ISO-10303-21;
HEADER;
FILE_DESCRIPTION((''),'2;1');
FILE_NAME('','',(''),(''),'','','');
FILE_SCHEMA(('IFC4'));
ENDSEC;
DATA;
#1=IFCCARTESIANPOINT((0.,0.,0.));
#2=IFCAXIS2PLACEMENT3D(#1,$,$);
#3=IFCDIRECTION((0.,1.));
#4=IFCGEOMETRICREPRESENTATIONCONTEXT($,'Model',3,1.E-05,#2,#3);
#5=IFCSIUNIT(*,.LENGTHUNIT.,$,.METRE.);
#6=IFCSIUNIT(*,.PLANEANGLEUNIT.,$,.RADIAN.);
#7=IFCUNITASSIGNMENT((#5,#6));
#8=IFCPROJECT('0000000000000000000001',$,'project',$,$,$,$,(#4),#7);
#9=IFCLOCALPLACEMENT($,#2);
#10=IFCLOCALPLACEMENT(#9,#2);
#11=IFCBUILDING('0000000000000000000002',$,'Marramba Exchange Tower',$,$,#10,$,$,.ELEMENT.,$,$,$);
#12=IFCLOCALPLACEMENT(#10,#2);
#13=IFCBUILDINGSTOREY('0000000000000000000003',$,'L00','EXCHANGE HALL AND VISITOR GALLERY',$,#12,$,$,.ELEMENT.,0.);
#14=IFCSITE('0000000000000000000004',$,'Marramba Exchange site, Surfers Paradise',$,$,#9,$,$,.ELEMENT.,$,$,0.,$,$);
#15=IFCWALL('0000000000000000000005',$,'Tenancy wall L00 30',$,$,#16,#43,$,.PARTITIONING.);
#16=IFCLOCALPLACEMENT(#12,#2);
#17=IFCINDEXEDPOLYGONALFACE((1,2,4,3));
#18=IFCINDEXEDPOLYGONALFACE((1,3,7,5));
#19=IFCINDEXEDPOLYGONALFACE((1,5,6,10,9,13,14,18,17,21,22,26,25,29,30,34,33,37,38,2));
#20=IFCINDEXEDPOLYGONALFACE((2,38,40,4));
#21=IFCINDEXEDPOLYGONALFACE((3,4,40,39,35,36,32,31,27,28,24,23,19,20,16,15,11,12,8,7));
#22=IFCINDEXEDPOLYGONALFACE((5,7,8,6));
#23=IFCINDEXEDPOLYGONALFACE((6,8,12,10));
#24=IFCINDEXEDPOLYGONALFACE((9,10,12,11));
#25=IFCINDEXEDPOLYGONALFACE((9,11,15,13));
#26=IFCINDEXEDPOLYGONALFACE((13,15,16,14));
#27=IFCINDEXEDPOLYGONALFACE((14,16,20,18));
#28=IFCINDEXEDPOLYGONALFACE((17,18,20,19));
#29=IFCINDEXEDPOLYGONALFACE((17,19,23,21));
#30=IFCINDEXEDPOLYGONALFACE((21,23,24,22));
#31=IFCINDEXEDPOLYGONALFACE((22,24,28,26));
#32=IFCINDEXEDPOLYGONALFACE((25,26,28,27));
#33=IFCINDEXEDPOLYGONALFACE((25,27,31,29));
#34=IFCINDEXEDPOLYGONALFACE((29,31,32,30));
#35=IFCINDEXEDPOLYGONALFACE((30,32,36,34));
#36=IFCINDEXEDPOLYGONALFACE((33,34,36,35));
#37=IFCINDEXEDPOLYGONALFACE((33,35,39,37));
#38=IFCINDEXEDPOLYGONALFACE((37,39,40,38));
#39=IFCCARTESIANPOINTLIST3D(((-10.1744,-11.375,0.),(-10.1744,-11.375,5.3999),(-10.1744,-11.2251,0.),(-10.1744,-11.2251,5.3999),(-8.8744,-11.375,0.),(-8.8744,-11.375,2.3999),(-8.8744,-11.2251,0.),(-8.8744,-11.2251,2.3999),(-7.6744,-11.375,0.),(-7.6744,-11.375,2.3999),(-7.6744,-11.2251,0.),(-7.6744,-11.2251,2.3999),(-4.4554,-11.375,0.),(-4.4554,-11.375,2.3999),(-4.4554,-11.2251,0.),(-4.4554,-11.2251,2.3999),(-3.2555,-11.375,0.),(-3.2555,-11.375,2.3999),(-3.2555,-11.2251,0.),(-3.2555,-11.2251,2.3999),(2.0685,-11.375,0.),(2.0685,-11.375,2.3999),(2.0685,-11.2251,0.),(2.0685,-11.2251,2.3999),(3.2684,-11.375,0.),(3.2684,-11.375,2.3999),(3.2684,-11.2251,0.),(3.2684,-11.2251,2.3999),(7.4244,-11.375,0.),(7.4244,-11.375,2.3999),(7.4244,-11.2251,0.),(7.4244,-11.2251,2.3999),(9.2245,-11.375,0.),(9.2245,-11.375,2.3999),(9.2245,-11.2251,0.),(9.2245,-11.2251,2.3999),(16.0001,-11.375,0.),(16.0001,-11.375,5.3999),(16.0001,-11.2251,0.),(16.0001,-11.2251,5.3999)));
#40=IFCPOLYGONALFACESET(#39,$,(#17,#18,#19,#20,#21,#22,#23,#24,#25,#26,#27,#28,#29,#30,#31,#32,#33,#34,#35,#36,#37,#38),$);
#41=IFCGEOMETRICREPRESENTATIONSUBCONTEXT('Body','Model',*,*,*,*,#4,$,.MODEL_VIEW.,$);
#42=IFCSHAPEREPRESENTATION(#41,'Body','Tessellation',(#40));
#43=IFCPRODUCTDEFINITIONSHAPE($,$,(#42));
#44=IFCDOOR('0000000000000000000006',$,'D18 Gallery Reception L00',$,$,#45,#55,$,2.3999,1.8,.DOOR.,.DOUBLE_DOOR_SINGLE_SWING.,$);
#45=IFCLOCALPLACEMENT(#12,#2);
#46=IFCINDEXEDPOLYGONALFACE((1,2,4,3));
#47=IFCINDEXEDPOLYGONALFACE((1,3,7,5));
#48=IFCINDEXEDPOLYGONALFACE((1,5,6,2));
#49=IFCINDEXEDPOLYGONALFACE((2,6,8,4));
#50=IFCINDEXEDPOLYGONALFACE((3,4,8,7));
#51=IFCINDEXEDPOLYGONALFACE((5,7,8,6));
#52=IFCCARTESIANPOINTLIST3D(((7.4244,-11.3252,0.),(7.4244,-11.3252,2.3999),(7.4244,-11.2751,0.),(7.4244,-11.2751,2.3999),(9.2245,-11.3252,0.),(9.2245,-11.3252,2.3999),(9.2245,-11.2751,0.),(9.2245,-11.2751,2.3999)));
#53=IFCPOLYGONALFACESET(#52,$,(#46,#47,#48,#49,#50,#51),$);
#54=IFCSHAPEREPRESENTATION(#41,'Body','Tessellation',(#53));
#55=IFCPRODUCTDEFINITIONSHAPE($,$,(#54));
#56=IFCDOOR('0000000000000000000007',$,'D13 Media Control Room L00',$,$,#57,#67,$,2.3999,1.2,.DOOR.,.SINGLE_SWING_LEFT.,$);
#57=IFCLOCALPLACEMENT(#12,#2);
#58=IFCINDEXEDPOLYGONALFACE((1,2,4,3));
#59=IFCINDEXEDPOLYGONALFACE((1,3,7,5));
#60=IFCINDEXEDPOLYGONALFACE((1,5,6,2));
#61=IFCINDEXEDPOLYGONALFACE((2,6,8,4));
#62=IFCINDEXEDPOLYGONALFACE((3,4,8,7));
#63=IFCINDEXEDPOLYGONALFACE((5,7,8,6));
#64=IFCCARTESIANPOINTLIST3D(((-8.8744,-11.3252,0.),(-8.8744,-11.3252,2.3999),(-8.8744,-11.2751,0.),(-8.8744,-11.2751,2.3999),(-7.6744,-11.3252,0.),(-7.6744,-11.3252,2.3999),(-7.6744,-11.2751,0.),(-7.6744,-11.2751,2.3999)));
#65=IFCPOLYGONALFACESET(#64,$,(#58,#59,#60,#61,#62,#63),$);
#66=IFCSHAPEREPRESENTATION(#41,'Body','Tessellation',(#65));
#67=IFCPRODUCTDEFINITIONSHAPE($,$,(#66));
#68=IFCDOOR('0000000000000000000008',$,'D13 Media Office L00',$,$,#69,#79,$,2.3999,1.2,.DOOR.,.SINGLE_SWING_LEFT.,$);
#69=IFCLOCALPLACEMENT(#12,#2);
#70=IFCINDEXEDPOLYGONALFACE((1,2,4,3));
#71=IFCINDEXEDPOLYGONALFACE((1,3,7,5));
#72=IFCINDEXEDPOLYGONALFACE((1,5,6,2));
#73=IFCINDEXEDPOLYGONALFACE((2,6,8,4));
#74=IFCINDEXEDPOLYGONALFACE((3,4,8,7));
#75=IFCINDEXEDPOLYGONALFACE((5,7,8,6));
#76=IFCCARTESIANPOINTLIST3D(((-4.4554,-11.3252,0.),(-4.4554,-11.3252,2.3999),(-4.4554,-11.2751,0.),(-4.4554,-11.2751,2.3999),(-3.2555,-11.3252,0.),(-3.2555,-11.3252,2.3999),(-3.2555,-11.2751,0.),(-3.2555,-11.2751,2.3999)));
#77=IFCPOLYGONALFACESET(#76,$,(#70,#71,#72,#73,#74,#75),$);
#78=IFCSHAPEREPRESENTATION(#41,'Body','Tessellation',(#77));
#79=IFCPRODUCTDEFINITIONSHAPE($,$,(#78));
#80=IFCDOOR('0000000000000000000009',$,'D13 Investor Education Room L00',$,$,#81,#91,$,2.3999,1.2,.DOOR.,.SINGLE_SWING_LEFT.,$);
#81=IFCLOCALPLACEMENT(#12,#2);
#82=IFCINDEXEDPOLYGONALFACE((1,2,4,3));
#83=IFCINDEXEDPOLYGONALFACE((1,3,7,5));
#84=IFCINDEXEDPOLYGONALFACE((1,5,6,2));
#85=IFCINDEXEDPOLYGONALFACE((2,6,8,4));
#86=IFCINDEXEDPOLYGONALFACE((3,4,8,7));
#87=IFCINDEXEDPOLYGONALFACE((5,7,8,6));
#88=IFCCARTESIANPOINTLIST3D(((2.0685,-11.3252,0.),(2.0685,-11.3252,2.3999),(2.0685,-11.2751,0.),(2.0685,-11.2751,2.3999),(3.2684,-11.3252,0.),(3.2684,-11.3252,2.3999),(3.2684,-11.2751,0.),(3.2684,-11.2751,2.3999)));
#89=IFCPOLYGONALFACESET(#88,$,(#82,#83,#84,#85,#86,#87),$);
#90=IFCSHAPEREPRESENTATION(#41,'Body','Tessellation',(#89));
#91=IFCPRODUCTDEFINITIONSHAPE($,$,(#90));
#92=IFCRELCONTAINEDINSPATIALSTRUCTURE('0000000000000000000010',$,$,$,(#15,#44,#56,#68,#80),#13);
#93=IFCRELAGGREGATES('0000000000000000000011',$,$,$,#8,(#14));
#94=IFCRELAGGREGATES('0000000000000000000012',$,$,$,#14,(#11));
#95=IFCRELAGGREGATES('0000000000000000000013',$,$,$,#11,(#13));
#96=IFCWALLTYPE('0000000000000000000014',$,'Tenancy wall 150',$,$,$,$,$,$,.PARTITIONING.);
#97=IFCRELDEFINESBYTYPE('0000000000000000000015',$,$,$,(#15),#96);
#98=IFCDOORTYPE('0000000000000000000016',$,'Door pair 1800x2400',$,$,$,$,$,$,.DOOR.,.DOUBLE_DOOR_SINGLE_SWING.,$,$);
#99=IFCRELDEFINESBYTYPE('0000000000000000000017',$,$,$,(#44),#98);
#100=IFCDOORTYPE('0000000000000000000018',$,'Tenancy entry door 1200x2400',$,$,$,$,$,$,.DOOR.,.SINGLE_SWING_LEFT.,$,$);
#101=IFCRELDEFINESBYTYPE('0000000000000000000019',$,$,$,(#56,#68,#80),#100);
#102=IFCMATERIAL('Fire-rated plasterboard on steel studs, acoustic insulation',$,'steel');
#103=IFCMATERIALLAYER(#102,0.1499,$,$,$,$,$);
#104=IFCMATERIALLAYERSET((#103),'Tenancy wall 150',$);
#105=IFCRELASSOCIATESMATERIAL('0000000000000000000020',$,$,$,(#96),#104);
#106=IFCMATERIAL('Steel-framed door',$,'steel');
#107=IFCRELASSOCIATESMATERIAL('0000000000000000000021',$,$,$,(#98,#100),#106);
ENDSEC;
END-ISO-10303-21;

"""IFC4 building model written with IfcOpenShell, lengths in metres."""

from ifc_helpers import new_model, si_unit, direction, frame, frame_2d, origin, place, context, subcontext, project, spatial, rectangle, extrude, material, layer, layer_set, type_object, element, fill, save


model = new_model("IFC4")

# Units and contexts
model_context = context("Model", 3, precision=1e-05, world=origin(), true_north=direction((0.0, 1.0)))
body_context = subcontext(model_context, "Body", "Model", "MODEL_VIEW")
ifc_project = project(units=[si_unit("LENGTHUNIT", "METRE"), si_unit("PLANEANGLEUNIT", "RADIAN")], contexts=[model_context])

# Site, building, storey
site_placement = place(None, origin())
site = spatial("IfcSite", under=ifc_project, at=site_placement, Name="Marramba Exchange site, Surfers Paradise", CompositionType="ELEMENT", RefElevation=0.0)
building_placement = place(site_placement, origin())
building = spatial("IfcBuilding", under=site, at=building_placement, Name="Marramba Exchange Tower", CompositionType="ELEMENT")
storey_placement = place(building_placement, origin())
storey = spatial("IfcBuildingStorey", under=building, at=storey_placement, Name="L00", Description="EXCHANGE HALL AND VISITOR GALLERY", CompositionType="ELEMENT", Elevation=0.0)

# Shared definitions
ifc_material_1 = material(Name="Fire-rated plasterboard on steel studs, acoustic insulation", Category="steel")
ifc_layer_1 = layer(ifc_material_1, 0.1499)
ifc_layer_set_1 = layer_set([ifc_layer_1], Name="Tenancy wall 150")
wall_type_1 = type_object("IfcWallType", Name="Tenancy wall 150", PredefinedType="PARTITIONING", material=ifc_layer_set_1)

# Wall, openings, doors
wall_1_placement = place(storey_placement, frame((-10.1746, -11.3, 0.0), z_axis=(0.0, 0.0, 1.0), x_axis=(1.0, 0.0, 0.0)))
wall_1 = element("IfcWall", 1, at=wall_1_placement, inside=storey, type_object=wall_type_1, Name="Tenancy wall L00 30", PredefinedType="PARTITIONING", context=body_context, shape_type="SweptSolid", body=[
    extrude(rectangle(XDim=26.1746, YDim=0.1499, at=frame_2d((13.0874, 0.0))), origin(), (0.0, 0.0, 1.0), 5.3999),
])
opening_1_placement = place(wall_1_placement, frame((1.3, 0.0, 0.0)))
opening_1 = element("IfcOpeningElement", 2, at=opening_1_placement, cuts=wall_1, PredefinedType="OPENING", context=body_context, shape_type="SweptSolid", body=[
    extrude(rectangle(XDim=1.2, YDim=2.3999, at=frame_2d((0.6001, 1.2))), frame((0.0, 0.085, 0.0), z_axis=(0.0, -1.0, 0.0), x_axis=(1.0, 0.0, 0.0)), (0.0, 0.0, 1.0), 0.1699),
])
opening_2_placement = place(wall_1_placement, frame((5.719, 0.0, 0.0)))
opening_2 = element("IfcOpeningElement", 3, at=opening_2_placement, cuts=wall_1, PredefinedType="OPENING", context=body_context, shape_type="SweptSolid", body=[
    extrude(rectangle(XDim=1.2, YDim=2.3999, at=frame_2d((0.6001, 1.2))), frame((0.0, 0.085, 0.0), z_axis=(0.0, -1.0, 0.0), x_axis=(1.0, 0.0, 0.0)), (0.0, 0.0, 1.0), 0.1699),
])
opening_3_placement = place(wall_1_placement, frame((12.2429, 0.0, 0.0)))
opening_3 = element("IfcOpeningElement", 4, at=opening_3_placement, cuts=wall_1, PredefinedType="OPENING", context=body_context, shape_type="SweptSolid", body=[
    extrude(rectangle(XDim=1.2, YDim=2.3999, at=frame_2d((0.6001, 1.2))), frame((0.0, 0.085, 0.0), z_axis=(0.0, -1.0, 0.0), x_axis=(1.0, 0.0, 0.0)), (0.0, 0.0, 1.0), 0.1699),
])
opening_4_placement = place(wall_1_placement, frame((17.5991, 0.0, 0.0)))
opening_4 = element("IfcOpeningElement", 5, at=opening_4_placement, cuts=wall_1, PredefinedType="OPENING", context=body_context, shape_type="SweptSolid", body=[
    extrude(rectangle(XDim=1.8, YDim=2.3999, at=frame_2d((0.8999, 1.2))), frame((0.0, 0.085, 0.0), z_axis=(0.0, -1.0, 0.0), x_axis=(1.0, 0.0, 0.0)), (0.0, 0.0, 1.0), 0.1699),
])
ifc_material_2 = material(Name="Steel-framed door", Category="steel")
door_type_1 = type_object("IfcDoorType", Name="Door pair 1800x2400", OperationType="DOUBLE_DOOR_SINGLE_SWING", PredefinedType="DOOR", material=ifc_material_2)
door_1_placement = place(opening_4_placement, frame((1.8, 0.0, 0.0), z_axis=(0.0, 0.0, 1.0), x_axis=(-1.0, 0.0, 0.0)))
door_1 = element("IfcDoor", 6, at=door_1_placement, inside=storey, type_object=door_type_1, Name="D18 Gallery Reception L00", OperationType="DOUBLE_DOOR_SINGLE_SWING", OverallHeight=2.3999, OverallWidth=1.8, PredefinedType="DOOR", context=body_context, shape_type="SweptSolid", body=[
    extrude(rectangle(XDim=1.8, YDim=2.3999, at=frame_2d((0.9001, 1.2))), frame((0.0, 0.0251, 0.0), z_axis=(0.0, -1.0, 0.0), x_axis=(1.0, 0.0, 0.0)), (0.0, 0.0, 1.0), 0.05),
])
fill(opening_4, door_1)
door_type_2 = type_object("IfcDoorType", Name="Tenancy entry door 1200x2400", OperationType="SINGLE_SWING_LEFT", PredefinedType="DOOR", material=ifc_material_2)
door_2_placement = place(opening_1_placement, frame((1.2, 0.0, 0.0), z_axis=(0.0, 0.0, 1.0), x_axis=(-1.0, 0.0, 0.0)))
door_2 = element("IfcDoor", 7, at=door_2_placement, inside=storey, type_object=door_type_2, Name="D13 Media Control Room L00", OperationType="SINGLE_SWING_LEFT", OverallHeight=2.3999, OverallWidth=1.2, PredefinedType="DOOR", context=body_context, shape_type="SweptSolid", body=[
    extrude(rectangle(XDim=1.2, YDim=2.3999, at=frame_2d((0.5999, 1.2))), frame((0.0, 0.0251, 0.0), z_axis=(0.0, -1.0, 0.0), x_axis=(1.0, 0.0, 0.0)), (0.0, 0.0, 1.0), 0.05),
])
fill(opening_1, door_2)
door_3_placement = place(opening_2_placement, origin())
door_3 = element("IfcDoor", 8, at=door_3_placement, inside=storey, type_object=door_type_2, Name="D13 Media Office L00", OperationType="SINGLE_SWING_LEFT", OverallHeight=2.3999, OverallWidth=1.2, PredefinedType="DOOR", context=body_context, shape_type="SweptSolid", body=[
    extrude(rectangle(XDim=1.2, YDim=2.3999, at=frame_2d((0.6001, 1.2))), frame((0.0, 0.0249, 0.0), z_axis=(0.0, -1.0, 0.0), x_axis=(1.0, 0.0, 0.0)), (0.0, 0.0, 1.0), 0.05),
])
fill(opening_2, door_3)
door_4_placement = place(opening_3_placement, origin())
door_4 = element("IfcDoor", 9, at=door_4_placement, inside=storey, type_object=door_type_2, Name="D13 Investor Education Room L00", OperationType="SINGLE_SWING_LEFT", OverallHeight=2.3999, OverallWidth=1.2, PredefinedType="DOOR", context=body_context, shape_type="SweptSolid", body=[
    extrude(rectangle(XDim=1.2, YDim=2.3999, at=frame_2d((0.6001, 1.2))), frame((0.0, 0.0249, 0.0), z_axis=(0.0, -1.0, 0.0), x_axis=(1.0, 0.0, 0.0)), (0.0, 0.0, 1.0), 0.05),
])
fill(opening_3, door_4)

save(model, "model.ifc")
